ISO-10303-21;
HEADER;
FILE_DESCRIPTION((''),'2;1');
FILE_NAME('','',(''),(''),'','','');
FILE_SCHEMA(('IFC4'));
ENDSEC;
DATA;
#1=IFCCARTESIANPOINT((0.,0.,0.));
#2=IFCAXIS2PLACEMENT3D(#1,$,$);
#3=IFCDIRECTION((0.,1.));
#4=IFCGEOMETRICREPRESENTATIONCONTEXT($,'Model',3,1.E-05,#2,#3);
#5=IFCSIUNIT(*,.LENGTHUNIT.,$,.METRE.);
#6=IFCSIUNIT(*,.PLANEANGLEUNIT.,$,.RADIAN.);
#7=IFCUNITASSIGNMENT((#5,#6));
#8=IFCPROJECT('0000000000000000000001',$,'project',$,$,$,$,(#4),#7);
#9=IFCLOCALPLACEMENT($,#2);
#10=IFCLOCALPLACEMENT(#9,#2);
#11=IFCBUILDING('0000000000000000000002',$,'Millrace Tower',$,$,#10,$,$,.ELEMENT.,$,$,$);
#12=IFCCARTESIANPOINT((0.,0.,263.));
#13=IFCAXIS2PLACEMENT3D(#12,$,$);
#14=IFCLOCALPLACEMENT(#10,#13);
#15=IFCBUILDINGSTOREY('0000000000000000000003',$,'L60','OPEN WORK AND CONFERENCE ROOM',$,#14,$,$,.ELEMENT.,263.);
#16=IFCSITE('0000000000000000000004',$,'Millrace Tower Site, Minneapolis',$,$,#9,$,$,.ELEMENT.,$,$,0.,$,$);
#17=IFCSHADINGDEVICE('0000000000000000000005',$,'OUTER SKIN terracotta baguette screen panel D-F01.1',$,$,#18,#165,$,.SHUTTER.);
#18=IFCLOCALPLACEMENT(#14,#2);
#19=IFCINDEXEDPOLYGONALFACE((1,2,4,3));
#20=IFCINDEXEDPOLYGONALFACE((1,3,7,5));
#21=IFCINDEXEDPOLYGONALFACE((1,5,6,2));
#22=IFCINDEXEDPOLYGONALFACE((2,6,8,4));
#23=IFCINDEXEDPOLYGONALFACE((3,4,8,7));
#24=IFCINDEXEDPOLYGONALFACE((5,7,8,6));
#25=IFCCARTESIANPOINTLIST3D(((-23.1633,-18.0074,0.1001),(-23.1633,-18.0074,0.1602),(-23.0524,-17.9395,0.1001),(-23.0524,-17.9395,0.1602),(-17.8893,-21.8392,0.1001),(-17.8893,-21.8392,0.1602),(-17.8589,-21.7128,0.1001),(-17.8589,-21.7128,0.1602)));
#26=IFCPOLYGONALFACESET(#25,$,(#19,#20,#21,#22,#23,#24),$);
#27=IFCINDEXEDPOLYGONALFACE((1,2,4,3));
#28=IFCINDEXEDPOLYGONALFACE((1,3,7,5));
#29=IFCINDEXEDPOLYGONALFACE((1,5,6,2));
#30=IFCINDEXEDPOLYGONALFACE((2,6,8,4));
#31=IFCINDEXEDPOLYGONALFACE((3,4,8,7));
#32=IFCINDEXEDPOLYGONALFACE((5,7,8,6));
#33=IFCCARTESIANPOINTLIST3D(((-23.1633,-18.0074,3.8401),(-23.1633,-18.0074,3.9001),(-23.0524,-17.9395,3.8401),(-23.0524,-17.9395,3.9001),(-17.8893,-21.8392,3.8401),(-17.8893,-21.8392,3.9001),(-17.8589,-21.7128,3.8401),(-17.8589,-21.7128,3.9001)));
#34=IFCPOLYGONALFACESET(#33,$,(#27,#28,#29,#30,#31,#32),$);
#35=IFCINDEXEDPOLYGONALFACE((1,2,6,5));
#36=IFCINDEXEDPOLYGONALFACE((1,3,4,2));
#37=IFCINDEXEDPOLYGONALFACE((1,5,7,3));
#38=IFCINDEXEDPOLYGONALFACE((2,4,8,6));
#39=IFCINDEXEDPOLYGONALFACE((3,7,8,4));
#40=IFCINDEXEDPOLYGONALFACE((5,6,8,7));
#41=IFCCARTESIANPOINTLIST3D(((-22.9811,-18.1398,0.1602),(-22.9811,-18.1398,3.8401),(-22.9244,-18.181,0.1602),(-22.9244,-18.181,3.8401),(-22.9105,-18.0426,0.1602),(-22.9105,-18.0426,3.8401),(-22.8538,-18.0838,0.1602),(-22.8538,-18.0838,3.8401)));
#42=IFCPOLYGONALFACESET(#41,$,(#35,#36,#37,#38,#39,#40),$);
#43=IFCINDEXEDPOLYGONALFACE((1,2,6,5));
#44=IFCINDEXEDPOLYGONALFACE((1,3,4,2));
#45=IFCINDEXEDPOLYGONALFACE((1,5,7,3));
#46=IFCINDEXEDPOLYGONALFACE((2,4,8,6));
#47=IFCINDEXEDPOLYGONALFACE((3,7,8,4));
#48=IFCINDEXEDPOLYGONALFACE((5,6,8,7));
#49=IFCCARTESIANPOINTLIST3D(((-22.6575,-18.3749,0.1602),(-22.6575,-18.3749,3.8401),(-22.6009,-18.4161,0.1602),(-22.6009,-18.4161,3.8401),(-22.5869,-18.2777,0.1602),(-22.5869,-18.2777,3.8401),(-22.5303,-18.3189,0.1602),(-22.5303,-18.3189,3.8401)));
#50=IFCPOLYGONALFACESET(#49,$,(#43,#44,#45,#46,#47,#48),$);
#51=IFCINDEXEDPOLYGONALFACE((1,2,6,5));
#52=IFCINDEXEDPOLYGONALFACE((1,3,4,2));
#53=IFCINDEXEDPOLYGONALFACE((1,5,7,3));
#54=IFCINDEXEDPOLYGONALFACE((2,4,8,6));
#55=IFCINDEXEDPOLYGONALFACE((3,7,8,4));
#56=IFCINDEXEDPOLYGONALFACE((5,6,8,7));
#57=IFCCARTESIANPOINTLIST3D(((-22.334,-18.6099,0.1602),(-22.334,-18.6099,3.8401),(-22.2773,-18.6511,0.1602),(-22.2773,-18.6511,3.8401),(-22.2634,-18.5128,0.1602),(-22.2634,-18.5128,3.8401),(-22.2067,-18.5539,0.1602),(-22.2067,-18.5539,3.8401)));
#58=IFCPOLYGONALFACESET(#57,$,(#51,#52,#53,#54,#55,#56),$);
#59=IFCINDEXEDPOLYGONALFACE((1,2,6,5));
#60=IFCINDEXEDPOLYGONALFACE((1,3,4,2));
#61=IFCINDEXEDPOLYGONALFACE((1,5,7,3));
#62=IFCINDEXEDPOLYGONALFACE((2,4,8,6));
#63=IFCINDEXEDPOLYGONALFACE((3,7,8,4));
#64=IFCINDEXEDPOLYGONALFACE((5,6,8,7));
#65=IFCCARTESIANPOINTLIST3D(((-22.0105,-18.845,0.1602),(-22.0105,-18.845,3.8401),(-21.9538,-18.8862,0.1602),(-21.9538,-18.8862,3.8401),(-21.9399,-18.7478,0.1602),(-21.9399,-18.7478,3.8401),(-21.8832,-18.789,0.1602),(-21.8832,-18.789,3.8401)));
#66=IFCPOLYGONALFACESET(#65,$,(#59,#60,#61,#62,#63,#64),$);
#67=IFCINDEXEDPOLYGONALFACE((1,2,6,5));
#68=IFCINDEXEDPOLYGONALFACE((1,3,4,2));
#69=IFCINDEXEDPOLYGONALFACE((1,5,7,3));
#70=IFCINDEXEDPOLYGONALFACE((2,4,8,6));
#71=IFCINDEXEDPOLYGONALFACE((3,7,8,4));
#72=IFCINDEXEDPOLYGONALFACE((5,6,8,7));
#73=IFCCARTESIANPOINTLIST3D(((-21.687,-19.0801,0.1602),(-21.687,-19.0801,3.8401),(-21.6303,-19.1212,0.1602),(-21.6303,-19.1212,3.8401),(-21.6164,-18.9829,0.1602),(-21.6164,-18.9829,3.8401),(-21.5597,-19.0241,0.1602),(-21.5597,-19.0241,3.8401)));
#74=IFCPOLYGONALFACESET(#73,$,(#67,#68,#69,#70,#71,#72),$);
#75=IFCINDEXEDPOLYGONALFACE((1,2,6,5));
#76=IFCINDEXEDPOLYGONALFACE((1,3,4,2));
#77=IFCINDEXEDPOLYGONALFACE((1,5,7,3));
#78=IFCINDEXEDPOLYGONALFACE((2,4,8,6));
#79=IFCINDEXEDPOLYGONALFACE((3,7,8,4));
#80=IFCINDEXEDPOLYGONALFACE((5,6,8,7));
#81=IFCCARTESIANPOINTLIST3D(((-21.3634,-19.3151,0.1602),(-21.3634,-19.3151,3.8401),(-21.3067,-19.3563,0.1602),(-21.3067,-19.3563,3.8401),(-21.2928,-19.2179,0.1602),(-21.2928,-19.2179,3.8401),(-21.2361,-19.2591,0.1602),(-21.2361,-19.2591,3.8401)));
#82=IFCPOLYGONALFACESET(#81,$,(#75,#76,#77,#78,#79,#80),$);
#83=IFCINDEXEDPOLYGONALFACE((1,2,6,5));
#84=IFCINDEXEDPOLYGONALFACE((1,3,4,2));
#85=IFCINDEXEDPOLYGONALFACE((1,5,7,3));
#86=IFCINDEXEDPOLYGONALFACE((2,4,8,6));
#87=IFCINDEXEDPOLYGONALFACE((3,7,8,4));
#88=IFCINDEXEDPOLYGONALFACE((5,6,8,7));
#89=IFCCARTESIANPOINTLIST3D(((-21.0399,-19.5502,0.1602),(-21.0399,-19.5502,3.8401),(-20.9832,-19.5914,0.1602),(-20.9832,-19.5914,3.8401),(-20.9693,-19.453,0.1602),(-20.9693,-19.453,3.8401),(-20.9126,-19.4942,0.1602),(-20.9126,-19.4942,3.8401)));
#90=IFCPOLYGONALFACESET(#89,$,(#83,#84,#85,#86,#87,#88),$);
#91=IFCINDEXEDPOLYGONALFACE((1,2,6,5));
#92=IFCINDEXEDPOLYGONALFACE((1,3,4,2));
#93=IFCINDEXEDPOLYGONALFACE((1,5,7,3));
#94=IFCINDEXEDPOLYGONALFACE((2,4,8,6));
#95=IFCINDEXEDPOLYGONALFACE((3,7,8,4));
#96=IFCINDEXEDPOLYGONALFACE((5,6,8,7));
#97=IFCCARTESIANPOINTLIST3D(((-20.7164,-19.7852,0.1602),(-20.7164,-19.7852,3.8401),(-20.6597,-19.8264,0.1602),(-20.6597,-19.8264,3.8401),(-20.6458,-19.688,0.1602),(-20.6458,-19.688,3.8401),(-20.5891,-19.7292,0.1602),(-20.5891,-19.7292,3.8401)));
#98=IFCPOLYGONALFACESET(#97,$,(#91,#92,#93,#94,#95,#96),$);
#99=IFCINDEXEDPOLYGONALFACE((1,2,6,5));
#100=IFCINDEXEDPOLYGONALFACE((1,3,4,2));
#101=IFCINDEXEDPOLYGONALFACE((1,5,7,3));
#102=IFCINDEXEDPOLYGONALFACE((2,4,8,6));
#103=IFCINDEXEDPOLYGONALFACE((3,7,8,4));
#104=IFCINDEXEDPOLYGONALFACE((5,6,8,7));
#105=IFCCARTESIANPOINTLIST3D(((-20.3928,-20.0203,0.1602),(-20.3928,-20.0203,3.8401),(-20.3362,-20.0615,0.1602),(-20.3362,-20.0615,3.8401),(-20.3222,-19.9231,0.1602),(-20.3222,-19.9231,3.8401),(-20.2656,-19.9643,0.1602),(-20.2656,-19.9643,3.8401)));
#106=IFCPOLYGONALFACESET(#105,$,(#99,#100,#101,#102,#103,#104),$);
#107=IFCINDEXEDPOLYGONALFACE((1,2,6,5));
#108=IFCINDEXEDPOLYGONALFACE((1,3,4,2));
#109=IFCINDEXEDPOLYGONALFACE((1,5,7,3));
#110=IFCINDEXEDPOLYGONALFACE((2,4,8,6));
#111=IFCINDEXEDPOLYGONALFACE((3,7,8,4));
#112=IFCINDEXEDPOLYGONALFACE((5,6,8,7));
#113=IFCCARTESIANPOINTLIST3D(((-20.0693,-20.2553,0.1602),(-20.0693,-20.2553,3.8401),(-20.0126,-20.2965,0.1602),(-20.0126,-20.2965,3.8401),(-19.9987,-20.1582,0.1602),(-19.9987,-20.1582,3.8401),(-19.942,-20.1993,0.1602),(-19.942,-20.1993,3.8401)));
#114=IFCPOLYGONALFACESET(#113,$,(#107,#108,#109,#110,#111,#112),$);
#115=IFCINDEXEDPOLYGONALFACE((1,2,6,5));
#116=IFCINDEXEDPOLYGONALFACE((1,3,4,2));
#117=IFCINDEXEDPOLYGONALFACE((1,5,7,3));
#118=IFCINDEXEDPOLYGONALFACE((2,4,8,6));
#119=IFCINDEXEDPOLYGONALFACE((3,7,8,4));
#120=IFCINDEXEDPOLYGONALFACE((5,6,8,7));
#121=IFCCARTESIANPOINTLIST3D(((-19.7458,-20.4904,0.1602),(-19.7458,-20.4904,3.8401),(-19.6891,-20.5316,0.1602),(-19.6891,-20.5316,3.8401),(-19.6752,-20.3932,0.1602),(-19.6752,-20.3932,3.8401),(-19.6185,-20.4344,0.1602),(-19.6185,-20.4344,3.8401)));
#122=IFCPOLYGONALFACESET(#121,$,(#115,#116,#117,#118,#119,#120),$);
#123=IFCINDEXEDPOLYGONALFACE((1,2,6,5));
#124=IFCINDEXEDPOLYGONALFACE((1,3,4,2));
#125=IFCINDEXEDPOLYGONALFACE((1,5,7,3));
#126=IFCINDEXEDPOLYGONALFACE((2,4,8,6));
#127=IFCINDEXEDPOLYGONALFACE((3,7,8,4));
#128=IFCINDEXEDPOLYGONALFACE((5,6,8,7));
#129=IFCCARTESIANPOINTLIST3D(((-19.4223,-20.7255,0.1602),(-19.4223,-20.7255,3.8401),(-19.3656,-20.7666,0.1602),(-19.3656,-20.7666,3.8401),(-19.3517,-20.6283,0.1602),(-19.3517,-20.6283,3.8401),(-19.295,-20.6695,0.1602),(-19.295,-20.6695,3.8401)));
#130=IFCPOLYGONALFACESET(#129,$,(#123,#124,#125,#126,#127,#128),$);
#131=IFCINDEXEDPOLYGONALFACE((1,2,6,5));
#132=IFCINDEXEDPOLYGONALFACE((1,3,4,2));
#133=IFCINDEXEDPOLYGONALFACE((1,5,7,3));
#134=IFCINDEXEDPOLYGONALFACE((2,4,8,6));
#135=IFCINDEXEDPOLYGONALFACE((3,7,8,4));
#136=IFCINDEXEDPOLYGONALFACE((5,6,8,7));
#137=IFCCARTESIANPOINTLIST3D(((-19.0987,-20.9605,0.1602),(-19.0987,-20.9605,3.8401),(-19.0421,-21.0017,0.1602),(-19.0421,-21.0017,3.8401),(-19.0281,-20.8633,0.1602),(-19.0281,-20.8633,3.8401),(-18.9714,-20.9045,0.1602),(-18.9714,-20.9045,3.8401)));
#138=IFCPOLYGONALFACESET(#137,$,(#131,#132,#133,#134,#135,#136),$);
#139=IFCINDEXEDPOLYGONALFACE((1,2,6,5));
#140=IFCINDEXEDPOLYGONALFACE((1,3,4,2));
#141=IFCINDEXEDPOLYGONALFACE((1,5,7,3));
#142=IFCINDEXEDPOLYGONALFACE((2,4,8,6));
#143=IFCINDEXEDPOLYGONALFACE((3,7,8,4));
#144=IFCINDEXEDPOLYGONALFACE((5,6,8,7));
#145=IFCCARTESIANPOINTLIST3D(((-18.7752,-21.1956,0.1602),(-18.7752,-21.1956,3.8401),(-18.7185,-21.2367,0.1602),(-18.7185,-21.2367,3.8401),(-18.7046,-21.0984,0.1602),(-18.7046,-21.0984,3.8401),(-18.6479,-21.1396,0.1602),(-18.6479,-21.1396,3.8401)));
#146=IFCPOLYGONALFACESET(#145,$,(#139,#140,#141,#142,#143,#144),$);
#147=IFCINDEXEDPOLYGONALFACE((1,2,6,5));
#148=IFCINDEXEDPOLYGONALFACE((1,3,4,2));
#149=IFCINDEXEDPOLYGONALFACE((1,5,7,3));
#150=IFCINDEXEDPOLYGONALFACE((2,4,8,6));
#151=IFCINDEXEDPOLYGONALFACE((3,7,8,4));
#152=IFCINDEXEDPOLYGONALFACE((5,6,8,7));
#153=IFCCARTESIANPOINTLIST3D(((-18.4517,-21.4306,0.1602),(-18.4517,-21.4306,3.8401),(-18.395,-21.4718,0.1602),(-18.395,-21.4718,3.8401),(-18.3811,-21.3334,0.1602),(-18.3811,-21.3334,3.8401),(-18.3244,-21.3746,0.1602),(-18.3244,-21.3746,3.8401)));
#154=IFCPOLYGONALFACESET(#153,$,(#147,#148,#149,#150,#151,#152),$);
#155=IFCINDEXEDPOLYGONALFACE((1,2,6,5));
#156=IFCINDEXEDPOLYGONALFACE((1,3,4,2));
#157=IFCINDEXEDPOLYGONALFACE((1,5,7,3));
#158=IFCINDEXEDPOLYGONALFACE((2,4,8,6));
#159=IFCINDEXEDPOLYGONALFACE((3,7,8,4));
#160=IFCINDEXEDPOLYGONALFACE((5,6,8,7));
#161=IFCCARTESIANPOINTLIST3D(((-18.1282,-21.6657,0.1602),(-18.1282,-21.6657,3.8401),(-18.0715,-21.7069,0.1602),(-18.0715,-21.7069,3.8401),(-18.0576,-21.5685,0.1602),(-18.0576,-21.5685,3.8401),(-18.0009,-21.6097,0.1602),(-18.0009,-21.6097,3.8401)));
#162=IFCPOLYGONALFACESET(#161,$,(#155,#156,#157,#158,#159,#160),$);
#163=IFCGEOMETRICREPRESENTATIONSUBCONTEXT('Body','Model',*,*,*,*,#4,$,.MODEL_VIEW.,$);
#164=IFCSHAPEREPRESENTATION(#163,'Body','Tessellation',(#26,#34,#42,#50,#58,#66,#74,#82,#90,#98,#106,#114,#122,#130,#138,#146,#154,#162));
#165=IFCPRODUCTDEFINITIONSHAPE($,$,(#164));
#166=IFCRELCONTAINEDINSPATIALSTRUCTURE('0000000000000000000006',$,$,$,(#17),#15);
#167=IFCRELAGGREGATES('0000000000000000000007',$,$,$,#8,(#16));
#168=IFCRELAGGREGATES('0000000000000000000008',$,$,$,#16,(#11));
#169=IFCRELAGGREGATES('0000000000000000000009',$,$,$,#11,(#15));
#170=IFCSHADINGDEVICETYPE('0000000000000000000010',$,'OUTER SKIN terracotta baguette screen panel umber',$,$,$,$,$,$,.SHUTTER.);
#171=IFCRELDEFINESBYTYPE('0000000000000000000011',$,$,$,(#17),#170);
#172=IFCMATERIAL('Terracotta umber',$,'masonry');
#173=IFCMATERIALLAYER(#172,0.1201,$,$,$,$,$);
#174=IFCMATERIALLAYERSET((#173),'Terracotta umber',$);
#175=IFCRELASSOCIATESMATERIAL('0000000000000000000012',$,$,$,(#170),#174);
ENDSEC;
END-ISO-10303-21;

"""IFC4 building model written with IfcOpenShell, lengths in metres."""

from ifc_helpers import new_model, entity, si_unit, direction, frame, frame_2d, origin, place, context, subcontext, project, spatial, rectangle, extrude, source, transform, mapped, material, layer, layer_set, type_object, element, save


model = new_model("IFC4")

# Units and contexts
model_context = context("Model", 3, precision=1e-05, world=origin(), true_north=direction((0.0, 1.0)))
body_context = subcontext(model_context, "Body", "Model", "MODEL_VIEW")
ifc_project = project(units=[si_unit("LENGTHUNIT", "METRE"), si_unit("PLANEANGLEUNIT", "RADIAN")], contexts=[model_context])

# Site, building, storey
site_placement = place(None, origin())
site = spatial("IfcSite", under=ifc_project, at=site_placement, Name="Millrace Tower Site, Minneapolis", CompositionType="ELEMENT", RefElevation=0.0)
building_placement = place(site_placement, origin())
building = spatial("IfcBuilding", under=site, at=building_placement, Name="Millrace Tower", CompositionType="ELEMENT")
storey_placement = place(building_placement, frame((0.0, 0.0, 263.0)))
storey = spatial("IfcBuildingStorey", under=building, at=storey_placement, Name="L60", Description="OPEN WORK AND CONFERENCE ROOM", CompositionType="ELEMENT", Elevation=263.0)

# Shading device
ifc_material_1 = material(Name="Terracotta umber", Category="masonry")
ifc_layer_1 = layer(ifc_material_1, 0.1201)
ifc_layer_set_1 = layer_set([ifc_layer_1], Name="Terracotta umber")
shading_device_type = type_object("IfcShadingDeviceType", Name="OUTER SKIN terracotta baguette screen panel umber", PredefinedType="SHUTTER", material=ifc_layer_set_1)
cartesian_point_1 = entity("IfcCartesianPoint", [-3.2097, 0.0601])
shared_polyline_1 = entity("IfcPolyline", [cartesian_point_1, entity("IfcCartesianPoint", [3.2097, 0.0601]), entity("IfcCartesianPoint", [3.2595, -0.0601]), entity("IfcCartesianPoint", [-3.2595, -0.0601]), cartesian_point_1])
shared_shape_1 = source(origin(), body_context, "Body", "SweptSolid", [
    entity("IfcExtrudedAreaSolid", entity("IfcArbitraryClosedProfileDef", "AREA", None, shared_polyline_1), entity("IfcAxis2Placement3D", entity("IfcCartesianPoint", [0.0, 0.0, 0.0])), entity("IfcDirection", [0.0, 0.0, 1.0]), 0.0601),
    entity("IfcExtrudedAreaSolid", entity("IfcArbitraryClosedProfileDef", "AREA", None, shared_polyline_1), entity("IfcAxis2Placement3D", entity("IfcCartesianPoint", [0.0, 0.0, 3.74])), entity("IfcDirection", [0.0, 0.0, 1.0]), 0.0601),
    extrude(rectangle(XDim=0.0701, YDim=0.1201, at=frame_2d((-2.9993, 0.0))), frame((0.0, 0.0, 0.0601)), (0.0, 0.0, 1.0), 3.6799),
    extrude(rectangle(XDim=0.0701, YDim=0.1201, at=frame_2d((-2.5994, 0.0))), frame((0.0, 0.0, 0.0601)), (0.0, 0.0, 1.0), 3.6799),
    extrude(rectangle(XDim=0.0701, YDim=0.1201, at=frame_2d((-2.1995, 0.0))), frame((0.0, 0.0, 0.0601)), (0.0, 0.0, 1.0), 3.6799),
    extrude(rectangle(XDim=0.0701, YDim=0.1201, at=frame_2d((-1.7996, 0.0))), frame((0.0, 0.0, 0.0601)), (0.0, 0.0, 1.0), 3.6799),
    extrude(rectangle(XDim=0.0701, YDim=0.1201, at=frame_2d((-1.3997, 0.0))), frame((0.0, 0.0, 0.0601)), (0.0, 0.0, 1.0), 3.6799),
    extrude(rectangle(XDim=0.0701, YDim=0.1201, at=frame_2d((-0.9998, 0.0))), frame((0.0, 0.0, 0.0601)), (0.0, 0.0, 1.0), 3.6799),
    extrude(rectangle(XDim=0.0701, YDim=0.1201, at=frame_2d((-0.5999, 0.0))), frame((0.0, 0.0, 0.0601)), (0.0, 0.0, 1.0), 3.6799),
    extrude(rectangle(XDim=0.0701, YDim=0.1201, at=frame_2d((-0.2, 0.0))), frame((0.0, 0.0, 0.0601)), (0.0, 0.0, 1.0), 3.6799),
    extrude(rectangle(XDim=0.0701, YDim=0.1201, at=frame_2d((0.2, 0.0))), frame((0.0, 0.0, 0.0601)), (0.0, 0.0, 1.0), 3.6799),
    extrude(rectangle(XDim=0.0701, YDim=0.1201, at=frame_2d((0.5999, 0.0))), frame((0.0, 0.0, 0.0601)), (0.0, 0.0, 1.0), 3.6799),
    extrude(rectangle(XDim=0.0701, YDim=0.1201, at=frame_2d((0.9998, 0.0))), frame((0.0, 0.0, 0.0601)), (0.0, 0.0, 1.0), 3.6799),
    extrude(rectangle(XDim=0.0701, YDim=0.1201, at=frame_2d((1.3997, 0.0))), frame((0.0, 0.0, 0.0601)), (0.0, 0.0, 1.0), 3.6799),
    extrude(rectangle(XDim=0.0701, YDim=0.1201, at=frame_2d((1.7996, 0.0))), frame((0.0, 0.0, 0.0601)), (0.0, 0.0, 1.0), 3.6799),
    extrude(rectangle(XDim=0.0701, YDim=0.1201, at=frame_2d((2.1995, 0.0))), frame((0.0, 0.0, 0.0601)), (0.0, 0.0, 1.0), 3.6799),
    extrude(rectangle(XDim=0.0701, YDim=0.1201, at=frame_2d((2.5994, 0.0))), frame((0.0, 0.0, 0.0601)), (0.0, 0.0, 1.0), 3.6799),
    extrude(rectangle(XDim=0.0701, YDim=0.1201, at=frame_2d((2.9993, 0.0))), frame((0.0, 0.0, 0.0601)), (0.0, 0.0, 1.0), 3.6799),
])
shading_device_1_placement = place(storey_placement, frame((-20.491, -19.8748, 0.1001), z_axis=(0.0, 0.0, 1.0), x_axis=(0.809017, -0.587785, 0.0)))
element("IfcShadingDevice", 1, at=shading_device_1_placement, inside=storey, type_object=shading_device_type, Name="OUTER SKIN terracotta baguette screen panel D-F01.1", PredefinedType="SHUTTER", context=body_context, shape_type="MappedRepresentation", body=[
    mapped(shared_shape_1, transform((0.0, 0.0, 0.0), scale=1.0)),
])

save(model, "model.ifc")
